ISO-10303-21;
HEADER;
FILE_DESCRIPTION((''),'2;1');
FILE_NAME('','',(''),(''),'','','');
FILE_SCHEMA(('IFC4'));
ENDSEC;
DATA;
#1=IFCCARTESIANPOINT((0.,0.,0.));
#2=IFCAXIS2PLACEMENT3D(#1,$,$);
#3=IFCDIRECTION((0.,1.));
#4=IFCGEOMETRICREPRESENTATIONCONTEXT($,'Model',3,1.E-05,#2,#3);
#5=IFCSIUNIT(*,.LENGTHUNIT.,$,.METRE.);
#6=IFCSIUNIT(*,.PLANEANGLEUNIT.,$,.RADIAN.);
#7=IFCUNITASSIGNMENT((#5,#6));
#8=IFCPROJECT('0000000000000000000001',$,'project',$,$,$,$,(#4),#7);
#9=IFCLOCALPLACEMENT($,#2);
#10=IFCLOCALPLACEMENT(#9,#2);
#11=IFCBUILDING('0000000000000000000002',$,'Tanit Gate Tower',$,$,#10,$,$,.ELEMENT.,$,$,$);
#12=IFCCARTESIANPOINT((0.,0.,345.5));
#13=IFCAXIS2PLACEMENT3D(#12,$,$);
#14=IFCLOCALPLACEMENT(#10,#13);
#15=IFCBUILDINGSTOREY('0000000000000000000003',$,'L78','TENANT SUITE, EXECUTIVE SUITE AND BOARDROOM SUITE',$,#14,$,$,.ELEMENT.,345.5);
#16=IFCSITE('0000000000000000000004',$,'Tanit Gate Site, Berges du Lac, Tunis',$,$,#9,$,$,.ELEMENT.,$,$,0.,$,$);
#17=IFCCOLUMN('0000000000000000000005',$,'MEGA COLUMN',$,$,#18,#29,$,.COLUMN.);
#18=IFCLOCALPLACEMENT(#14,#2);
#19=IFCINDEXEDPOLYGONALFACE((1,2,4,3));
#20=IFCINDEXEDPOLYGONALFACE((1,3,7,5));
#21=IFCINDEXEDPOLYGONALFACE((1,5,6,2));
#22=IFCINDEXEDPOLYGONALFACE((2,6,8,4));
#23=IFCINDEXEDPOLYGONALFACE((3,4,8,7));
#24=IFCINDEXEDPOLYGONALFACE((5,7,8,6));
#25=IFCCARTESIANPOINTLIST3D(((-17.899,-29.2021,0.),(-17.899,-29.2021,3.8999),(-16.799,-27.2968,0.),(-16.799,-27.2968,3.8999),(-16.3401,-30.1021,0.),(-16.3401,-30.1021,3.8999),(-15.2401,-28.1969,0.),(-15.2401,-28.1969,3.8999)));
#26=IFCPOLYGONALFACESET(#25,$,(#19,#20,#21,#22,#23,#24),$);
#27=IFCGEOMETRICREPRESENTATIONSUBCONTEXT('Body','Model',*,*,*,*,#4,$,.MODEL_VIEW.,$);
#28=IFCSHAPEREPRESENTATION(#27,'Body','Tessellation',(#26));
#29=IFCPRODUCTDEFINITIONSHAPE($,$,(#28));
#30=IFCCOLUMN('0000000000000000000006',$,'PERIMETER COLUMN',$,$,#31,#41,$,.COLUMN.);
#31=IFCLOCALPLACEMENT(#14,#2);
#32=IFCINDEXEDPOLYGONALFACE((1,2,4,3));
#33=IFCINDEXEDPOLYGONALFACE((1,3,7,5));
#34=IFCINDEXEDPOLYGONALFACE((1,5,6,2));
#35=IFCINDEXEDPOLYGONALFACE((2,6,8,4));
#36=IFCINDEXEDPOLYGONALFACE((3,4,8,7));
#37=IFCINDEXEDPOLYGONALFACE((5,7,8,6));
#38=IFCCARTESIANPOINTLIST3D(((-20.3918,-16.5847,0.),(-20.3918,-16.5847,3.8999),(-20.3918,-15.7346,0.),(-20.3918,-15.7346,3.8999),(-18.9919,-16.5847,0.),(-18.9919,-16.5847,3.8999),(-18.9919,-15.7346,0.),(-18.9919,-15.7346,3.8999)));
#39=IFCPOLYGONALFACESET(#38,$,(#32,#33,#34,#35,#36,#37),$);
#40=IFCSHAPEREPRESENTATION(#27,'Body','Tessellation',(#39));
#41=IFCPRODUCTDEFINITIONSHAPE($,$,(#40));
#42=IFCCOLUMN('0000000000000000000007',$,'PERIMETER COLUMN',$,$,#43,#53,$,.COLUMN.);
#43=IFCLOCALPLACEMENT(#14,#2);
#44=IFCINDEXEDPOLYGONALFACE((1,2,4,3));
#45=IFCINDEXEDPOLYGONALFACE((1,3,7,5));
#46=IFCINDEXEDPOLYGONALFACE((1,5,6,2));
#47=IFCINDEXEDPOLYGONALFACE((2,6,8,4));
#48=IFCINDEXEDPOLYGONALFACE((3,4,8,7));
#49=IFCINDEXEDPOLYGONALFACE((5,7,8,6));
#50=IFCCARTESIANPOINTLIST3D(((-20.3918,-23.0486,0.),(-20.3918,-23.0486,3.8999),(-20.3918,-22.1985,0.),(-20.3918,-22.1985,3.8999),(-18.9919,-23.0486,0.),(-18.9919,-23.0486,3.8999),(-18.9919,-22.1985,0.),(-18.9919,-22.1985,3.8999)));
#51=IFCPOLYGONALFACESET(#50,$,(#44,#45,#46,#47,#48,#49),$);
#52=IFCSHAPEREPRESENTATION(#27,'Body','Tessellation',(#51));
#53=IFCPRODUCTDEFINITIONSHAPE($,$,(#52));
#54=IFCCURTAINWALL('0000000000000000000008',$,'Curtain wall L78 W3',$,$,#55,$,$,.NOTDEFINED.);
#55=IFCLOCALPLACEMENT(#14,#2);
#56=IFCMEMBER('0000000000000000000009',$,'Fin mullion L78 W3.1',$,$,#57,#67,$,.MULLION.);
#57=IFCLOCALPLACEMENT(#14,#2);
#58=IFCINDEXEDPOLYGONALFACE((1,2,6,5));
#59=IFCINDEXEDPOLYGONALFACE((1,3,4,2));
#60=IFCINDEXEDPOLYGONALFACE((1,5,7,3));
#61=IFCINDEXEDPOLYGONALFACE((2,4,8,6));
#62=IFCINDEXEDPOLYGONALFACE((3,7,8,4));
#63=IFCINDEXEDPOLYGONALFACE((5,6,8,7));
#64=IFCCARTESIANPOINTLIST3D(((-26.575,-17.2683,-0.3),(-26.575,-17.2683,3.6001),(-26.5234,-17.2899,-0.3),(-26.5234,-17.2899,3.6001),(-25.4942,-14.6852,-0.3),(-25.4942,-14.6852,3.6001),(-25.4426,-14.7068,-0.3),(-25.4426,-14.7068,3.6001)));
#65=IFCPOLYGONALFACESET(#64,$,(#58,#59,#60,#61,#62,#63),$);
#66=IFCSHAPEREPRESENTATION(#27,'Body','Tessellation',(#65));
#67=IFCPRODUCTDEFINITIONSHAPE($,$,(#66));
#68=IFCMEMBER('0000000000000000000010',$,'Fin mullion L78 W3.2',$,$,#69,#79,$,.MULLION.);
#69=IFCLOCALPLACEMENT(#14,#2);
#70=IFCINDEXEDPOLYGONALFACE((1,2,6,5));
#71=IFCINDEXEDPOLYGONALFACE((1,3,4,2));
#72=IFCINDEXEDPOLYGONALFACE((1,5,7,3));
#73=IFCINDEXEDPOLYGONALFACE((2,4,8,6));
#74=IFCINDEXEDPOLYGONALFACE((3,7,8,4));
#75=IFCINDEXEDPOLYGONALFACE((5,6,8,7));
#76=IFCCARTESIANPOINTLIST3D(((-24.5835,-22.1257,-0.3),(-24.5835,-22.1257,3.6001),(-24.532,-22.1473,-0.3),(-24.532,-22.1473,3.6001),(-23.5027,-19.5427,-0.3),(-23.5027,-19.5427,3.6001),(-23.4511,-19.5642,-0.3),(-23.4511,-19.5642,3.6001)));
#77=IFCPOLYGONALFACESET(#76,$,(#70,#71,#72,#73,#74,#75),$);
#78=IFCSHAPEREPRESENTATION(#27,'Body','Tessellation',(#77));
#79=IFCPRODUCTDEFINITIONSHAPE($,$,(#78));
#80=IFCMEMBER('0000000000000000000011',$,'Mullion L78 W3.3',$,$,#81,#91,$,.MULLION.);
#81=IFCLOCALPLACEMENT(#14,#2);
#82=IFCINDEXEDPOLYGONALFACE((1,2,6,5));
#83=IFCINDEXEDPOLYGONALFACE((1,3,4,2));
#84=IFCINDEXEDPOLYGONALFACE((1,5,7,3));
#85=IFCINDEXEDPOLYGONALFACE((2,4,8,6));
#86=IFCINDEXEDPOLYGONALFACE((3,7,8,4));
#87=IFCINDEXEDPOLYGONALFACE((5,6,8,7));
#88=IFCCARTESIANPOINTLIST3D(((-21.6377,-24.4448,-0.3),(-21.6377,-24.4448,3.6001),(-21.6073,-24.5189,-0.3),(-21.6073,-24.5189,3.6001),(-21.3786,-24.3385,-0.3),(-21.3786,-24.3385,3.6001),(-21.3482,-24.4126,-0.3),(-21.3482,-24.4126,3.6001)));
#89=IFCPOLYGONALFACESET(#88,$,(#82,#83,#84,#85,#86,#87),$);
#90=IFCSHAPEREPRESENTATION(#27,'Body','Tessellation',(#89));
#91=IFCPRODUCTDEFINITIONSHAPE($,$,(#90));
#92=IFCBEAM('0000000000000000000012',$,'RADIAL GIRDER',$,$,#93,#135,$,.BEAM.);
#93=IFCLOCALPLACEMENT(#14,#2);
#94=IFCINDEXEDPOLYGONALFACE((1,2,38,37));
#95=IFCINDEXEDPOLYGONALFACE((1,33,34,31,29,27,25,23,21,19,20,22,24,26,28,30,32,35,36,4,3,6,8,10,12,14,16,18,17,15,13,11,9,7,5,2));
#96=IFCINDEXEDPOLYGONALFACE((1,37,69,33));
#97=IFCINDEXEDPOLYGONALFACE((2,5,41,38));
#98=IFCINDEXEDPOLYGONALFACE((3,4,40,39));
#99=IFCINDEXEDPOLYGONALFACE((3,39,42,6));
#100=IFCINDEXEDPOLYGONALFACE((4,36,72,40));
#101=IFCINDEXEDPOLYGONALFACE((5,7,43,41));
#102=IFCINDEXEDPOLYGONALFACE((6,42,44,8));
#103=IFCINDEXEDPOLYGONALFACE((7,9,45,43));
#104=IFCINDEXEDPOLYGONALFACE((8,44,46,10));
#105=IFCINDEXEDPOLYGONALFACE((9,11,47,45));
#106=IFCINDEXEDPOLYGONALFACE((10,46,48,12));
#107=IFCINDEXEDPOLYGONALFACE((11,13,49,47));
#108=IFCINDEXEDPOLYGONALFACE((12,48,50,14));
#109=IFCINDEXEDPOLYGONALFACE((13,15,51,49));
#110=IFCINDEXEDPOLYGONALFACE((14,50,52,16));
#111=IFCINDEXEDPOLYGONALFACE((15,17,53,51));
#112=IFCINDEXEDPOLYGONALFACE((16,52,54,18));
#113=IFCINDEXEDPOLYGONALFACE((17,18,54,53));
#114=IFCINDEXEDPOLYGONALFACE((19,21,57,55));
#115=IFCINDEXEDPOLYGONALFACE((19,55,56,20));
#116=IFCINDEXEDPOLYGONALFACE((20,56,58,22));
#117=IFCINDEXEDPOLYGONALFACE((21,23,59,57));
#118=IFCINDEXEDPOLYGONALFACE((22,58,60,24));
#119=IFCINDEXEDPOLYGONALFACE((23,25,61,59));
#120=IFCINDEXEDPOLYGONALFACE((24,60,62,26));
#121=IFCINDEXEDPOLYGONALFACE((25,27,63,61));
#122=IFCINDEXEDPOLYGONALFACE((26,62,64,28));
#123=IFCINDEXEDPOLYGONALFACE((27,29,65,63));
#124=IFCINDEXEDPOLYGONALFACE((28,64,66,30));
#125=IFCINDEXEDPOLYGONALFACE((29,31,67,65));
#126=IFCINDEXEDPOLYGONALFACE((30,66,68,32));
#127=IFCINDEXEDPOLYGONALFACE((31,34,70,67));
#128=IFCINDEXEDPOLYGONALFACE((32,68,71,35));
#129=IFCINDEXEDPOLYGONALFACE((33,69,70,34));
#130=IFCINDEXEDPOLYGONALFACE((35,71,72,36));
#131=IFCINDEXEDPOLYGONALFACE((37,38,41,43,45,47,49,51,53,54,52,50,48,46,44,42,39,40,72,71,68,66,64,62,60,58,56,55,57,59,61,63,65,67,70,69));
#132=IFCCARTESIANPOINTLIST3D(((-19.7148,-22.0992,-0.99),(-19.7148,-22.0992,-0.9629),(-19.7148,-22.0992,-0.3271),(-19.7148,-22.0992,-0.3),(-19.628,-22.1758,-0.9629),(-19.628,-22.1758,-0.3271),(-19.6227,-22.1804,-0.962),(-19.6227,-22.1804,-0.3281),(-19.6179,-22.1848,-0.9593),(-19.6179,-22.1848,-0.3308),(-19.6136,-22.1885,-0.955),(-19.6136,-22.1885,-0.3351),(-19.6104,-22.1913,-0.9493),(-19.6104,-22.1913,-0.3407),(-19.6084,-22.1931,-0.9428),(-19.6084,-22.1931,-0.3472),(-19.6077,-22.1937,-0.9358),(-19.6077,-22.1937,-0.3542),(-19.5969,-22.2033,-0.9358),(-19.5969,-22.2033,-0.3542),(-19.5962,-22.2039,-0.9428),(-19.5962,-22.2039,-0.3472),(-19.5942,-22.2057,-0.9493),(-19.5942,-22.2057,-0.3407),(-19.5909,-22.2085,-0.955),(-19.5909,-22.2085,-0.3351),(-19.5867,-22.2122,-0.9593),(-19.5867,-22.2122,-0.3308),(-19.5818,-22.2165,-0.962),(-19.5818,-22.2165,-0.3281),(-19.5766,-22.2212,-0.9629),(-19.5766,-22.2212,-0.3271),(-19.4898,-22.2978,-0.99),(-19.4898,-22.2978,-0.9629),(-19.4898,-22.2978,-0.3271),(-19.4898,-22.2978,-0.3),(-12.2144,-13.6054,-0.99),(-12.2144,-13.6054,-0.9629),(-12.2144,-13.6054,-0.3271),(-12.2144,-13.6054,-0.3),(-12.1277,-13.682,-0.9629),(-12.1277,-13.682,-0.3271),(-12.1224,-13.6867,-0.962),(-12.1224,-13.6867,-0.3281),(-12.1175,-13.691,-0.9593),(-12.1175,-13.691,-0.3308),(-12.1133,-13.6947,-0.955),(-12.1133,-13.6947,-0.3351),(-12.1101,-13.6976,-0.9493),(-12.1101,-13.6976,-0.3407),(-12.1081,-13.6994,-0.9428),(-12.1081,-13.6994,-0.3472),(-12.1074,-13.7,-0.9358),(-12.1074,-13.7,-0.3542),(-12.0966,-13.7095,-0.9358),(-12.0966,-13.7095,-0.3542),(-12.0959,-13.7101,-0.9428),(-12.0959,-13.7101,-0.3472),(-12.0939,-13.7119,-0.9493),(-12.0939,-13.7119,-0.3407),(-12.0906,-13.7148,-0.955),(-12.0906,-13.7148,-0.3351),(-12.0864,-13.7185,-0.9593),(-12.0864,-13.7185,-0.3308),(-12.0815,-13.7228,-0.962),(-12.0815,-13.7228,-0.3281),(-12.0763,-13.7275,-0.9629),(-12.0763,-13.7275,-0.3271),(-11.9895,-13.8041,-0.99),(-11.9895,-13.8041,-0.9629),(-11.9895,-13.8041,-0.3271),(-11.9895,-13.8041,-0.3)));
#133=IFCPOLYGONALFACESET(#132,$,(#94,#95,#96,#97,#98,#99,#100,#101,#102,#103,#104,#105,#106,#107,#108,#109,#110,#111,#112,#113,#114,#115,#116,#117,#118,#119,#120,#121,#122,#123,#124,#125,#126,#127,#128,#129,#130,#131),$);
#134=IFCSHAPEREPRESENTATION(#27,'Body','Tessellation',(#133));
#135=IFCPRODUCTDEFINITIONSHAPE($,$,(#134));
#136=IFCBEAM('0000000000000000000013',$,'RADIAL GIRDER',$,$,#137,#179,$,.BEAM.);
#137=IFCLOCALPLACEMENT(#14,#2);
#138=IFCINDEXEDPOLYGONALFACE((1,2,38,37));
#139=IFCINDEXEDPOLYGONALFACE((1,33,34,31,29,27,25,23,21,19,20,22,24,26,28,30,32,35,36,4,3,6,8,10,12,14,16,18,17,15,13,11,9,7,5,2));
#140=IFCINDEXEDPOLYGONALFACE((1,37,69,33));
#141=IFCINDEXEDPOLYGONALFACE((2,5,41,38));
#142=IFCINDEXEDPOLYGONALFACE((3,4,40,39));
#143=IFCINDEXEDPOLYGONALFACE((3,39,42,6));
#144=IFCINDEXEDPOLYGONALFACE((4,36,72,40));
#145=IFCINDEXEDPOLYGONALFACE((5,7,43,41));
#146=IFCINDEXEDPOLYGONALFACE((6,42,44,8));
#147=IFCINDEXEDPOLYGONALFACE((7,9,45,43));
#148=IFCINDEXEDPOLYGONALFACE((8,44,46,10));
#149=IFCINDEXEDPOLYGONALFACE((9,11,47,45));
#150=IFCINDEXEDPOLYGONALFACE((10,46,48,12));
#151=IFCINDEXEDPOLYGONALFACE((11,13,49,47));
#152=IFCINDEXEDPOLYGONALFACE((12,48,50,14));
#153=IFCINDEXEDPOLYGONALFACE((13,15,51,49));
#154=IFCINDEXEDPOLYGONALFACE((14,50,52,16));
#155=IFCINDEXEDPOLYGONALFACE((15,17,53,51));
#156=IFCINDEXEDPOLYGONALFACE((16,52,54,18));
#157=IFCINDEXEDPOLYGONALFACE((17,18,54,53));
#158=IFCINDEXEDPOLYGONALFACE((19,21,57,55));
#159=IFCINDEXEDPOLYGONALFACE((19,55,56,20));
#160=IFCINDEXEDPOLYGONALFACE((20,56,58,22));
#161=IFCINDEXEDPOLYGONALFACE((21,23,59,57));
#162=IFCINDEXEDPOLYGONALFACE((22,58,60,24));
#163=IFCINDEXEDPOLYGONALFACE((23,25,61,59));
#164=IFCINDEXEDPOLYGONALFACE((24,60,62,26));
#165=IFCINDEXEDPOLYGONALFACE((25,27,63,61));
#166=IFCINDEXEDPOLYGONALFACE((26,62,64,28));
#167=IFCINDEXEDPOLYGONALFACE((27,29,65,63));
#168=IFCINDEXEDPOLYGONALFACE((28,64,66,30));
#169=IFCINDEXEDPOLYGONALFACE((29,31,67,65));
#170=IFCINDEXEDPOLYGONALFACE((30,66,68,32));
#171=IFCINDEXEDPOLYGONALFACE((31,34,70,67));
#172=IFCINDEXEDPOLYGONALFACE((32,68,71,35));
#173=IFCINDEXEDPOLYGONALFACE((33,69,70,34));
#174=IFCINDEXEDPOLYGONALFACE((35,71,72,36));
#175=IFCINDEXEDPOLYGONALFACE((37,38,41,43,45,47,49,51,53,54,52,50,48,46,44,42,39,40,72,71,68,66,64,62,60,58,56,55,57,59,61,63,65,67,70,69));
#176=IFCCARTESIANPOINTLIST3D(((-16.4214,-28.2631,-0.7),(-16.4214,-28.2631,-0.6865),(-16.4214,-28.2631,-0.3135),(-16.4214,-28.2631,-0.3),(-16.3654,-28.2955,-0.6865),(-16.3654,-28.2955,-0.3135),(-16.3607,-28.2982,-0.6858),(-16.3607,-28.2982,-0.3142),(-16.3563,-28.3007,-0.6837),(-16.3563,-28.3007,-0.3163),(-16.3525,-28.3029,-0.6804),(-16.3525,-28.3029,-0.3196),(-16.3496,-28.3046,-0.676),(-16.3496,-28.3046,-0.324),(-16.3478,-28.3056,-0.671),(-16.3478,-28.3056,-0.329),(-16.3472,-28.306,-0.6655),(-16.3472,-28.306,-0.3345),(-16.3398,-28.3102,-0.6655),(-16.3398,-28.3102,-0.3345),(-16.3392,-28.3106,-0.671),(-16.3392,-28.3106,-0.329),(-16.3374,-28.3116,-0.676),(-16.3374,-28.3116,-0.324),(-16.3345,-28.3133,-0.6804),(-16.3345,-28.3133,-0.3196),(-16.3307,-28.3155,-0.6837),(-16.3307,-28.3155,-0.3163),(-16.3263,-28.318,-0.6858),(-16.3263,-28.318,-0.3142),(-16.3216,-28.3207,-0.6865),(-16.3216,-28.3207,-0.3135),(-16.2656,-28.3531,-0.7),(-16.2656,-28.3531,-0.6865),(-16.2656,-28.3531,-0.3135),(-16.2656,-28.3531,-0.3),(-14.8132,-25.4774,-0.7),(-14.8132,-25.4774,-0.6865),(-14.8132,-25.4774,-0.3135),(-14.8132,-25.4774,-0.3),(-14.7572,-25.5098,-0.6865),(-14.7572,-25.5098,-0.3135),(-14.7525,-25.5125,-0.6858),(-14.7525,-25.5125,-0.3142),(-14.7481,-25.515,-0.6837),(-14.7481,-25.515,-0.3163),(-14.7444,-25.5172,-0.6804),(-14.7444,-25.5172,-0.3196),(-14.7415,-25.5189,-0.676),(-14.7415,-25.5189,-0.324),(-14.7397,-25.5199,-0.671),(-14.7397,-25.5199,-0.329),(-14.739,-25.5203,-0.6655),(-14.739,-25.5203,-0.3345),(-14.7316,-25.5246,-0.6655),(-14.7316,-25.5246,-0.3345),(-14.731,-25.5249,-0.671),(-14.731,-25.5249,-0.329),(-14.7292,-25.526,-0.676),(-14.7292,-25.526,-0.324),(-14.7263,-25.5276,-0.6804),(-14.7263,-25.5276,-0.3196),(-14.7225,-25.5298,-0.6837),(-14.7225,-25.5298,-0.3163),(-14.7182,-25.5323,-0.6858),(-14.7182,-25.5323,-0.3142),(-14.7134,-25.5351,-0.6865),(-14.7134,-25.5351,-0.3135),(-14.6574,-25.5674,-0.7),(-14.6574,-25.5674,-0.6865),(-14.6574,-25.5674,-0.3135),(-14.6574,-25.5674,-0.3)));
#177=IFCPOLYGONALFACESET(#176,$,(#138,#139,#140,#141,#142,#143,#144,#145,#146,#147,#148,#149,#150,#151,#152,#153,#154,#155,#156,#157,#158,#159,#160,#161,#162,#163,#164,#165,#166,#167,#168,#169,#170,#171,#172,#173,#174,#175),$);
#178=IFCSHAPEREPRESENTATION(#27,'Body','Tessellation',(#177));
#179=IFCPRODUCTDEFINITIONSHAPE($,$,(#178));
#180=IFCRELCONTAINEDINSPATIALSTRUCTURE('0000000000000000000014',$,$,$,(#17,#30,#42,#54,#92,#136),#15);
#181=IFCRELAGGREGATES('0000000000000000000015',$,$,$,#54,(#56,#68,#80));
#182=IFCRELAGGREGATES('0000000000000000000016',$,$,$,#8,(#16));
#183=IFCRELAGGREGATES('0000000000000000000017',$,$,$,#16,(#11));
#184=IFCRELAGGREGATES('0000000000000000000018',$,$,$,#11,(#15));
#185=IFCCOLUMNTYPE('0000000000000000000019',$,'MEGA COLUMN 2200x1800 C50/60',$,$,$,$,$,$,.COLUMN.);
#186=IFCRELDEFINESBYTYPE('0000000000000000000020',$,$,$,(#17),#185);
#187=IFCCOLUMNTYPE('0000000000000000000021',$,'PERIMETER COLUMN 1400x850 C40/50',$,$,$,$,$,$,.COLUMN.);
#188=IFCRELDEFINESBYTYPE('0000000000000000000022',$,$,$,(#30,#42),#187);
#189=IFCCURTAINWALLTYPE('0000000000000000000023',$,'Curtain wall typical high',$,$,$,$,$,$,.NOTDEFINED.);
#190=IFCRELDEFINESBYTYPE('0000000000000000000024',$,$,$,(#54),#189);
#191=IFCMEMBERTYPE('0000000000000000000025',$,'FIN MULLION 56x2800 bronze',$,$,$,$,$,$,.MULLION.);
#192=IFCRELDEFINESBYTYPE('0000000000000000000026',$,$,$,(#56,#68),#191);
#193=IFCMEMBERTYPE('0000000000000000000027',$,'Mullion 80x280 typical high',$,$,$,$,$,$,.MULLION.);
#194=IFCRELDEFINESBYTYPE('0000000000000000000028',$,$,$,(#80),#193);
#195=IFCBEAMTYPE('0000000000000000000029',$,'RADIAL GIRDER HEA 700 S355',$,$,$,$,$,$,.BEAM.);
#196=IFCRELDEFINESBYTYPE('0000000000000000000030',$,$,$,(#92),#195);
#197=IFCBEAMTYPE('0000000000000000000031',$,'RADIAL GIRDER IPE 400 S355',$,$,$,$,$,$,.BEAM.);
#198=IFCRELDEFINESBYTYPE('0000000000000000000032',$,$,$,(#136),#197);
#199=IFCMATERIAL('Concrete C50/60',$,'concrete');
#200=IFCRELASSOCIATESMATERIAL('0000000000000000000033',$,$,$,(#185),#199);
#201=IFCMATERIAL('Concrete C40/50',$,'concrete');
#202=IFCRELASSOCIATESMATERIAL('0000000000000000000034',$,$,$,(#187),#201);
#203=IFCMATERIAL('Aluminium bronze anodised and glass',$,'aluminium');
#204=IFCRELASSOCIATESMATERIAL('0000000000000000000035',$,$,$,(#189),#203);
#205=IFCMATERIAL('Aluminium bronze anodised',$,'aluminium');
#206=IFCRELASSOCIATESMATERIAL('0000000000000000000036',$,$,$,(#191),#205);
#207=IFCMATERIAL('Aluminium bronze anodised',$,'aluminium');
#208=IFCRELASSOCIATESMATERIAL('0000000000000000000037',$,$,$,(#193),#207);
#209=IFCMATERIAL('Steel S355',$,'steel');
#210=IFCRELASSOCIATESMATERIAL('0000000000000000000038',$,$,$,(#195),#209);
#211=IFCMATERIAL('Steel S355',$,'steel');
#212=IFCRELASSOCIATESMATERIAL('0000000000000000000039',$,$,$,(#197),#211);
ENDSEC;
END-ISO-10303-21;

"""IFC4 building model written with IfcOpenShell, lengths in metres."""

from ifc_helpers import new_model, si_unit, direction, frame, origin, origin_2d, place, context, subcontext, project, spatial, rectangle, i_section, extrude, material, material_profile, profile_set, type_object, element, aggregate, save


model = new_model("IFC4")

# Units and contexts
model_context = context("Model", 3, precision=1e-05, world=origin(), true_north=direction((0.0, 1.0)))
body_context = subcontext(model_context, "Body", "Model", "MODEL_VIEW")
ifc_project = project(units=[si_unit("LENGTHUNIT", "METRE"), si_unit("PLANEANGLEUNIT", "RADIAN")], contexts=[model_context])

# Site, building, storey
site_placement = place(None, origin())
site = spatial("IfcSite", under=ifc_project, at=site_placement, Name="Tanit Gate Site, Berges du Lac, Tunis", CompositionType="ELEMENT", RefElevation=0.0)
building_placement = place(site_placement, origin())
building = spatial("IfcBuilding", under=site, at=building_placement, Name="Tanit Gate Tower", CompositionType="ELEMENT")
storey_placement = place(building_placement, frame((0.0, 0.0, 345.5)))
storey = spatial("IfcBuildingStorey", under=building, at=storey_placement, Name="L78", Description="TENANT SUITE, EXECUTIVE SUITE AND BOARDROOM SUITE", CompositionType="ELEMENT", Elevation=345.5)

# Columns
ifc_material_1 = material(Name="Concrete C50/60", Category="concrete")
ifc_material_profile_1 = material_profile(ifc_material_1, rectangle(XDim=2.2, YDim=1.8, at=origin_2d()), Name="RC 2200x1800")
ifc_profile_set_1 = profile_set([ifc_material_profile_1], Name="Concrete C50/60")
column_type_1 = type_object("IfcColumnType", Name="MEGA COLUMN 2200x1800 C50/60", PredefinedType="COLUMN", material=ifc_profile_set_1)
column_placement = place(storey_placement, frame((-16.5696, -28.6995, 0.0), z_axis=(0.0, 0.0, 1.0), x_axis=(-0.5, -0.866025, 0.0)))
element("IfcColumn", 1, at=column_placement, inside=storey, type_object=column_type_1, Name="MEGA COLUMN", PredefinedType="COLUMN", context=body_context, shape_type="SweptSolid", body=[
    extrude(rectangle(XDim=2.2, YDim=1.8, at=origin_2d()), origin(), (0.0, 0.0, 1.0), 3.8999),
])
ifc_material_2 = material(Name="Concrete C40/50", Category="concrete")
ifc_material_profile_2 = material_profile(ifc_material_2, rectangle(XDim=1.3999, YDim=0.8501, at=origin_2d()), Name="RC 1400x850")
ifc_profile_set_2 = profile_set([ifc_material_profile_2], Name="Concrete C40/50")
column_type_2 = type_object("IfcColumnType", Name="PERIMETER COLUMN 1400x850 C40/50", PredefinedType="COLUMN", material=ifc_profile_set_2)
for number, where, z_axis, x_axis, name in (
    (2, (-19.6919, -16.1597, 0.0), (0.0, 0.0, 1.0), (-1.0, 0.0, 0.0), "PERIMETER COLUMN"),
    (3, (-19.6919, -22.6235, 0.0), (0.0, 0.0, 1.0), (-1.0, 0.0, 0.0), "PERIMETER COLUMN"),
):
    element("IfcColumn", number, at=place(storey_placement, frame(where, z_axis=z_axis, x_axis=x_axis)), inside=storey, type_object=column_type_2, Name=name, PredefinedType="COLUMN", context=body_context, shape_type="SweptSolid", body=[
        extrude(rectangle(XDim=1.3999, YDim=0.8501, at=origin_2d()), origin(), (0.0, 0.0, 1.0), 3.8999),
    ])

# Curtain wall, members
ifc_material_3 = material(Name="Aluminium bronze anodised and glass", Category="aluminium")
curtain_wall_type = type_object("IfcCurtainWallType", Name="Curtain wall typical high", PredefinedType="NOTDEFINED", material=ifc_material_3)
curtain_wall_placement = place(storey_placement, origin())
curtain_wall = element("IfcCurtainWall", 4, at=curtain_wall_placement, inside=storey, type_object=curtain_wall_type, Name="Curtain wall L78 W3", PredefinedType="NOTDEFINED")
ifc_material_4 = material(Name="Aluminium bronze anodised", Category="aluminium")
ifc_material_profile_3 = material_profile(ifc_material_4, rectangle(XDim=2.8, YDim=0.0559, at=origin_2d()), Name="56x2800 bronze fin mullion")
ifc_profile_set_3 = profile_set([ifc_material_profile_3], Name="Aluminium bronze anodised")
member_type_1 = type_object("IfcMemberType", Name="FIN MULLION 56x2800 bronze", PredefinedType="MULLION", material=ifc_profile_set_3)
member_1_placement = place(storey_placement, frame((-26.0088, -15.9875, -0.3), z_axis=(0.0, 0.0, 1.0), x_axis=(0.386007, 0.922496, 0.0)))
member_1 = element("IfcMember", 5, at=member_1_placement, type_object=member_type_1, Name="Fin mullion L78 W3.1", PredefinedType="MULLION", context=body_context, shape_type="SweptSolid", body=[
    extrude(rectangle(XDim=2.8, YDim=0.0559, at=origin_2d()), origin(), (0.0, 0.0, 1.0), 3.9001),
])
member_2_placement = place(storey_placement, frame((-24.0173, -20.845, -0.3), z_axis=(0.0, 0.0, 1.0), x_axis=(0.386007, 0.922496, 0.0)))
member_2 = element("IfcMember", 6, at=member_2_placement, type_object=member_type_1, Name="Fin mullion L78 W3.2", PredefinedType="MULLION", context=body_context, shape_type="SweptSolid", body=[
    extrude(rectangle(XDim=2.8, YDim=0.0559, at=origin_2d()), origin(), (0.0, 0.0, 1.0), 3.9001),
])
ifc_material_5 = material(Name="Aluminium bronze anodised", Category="aluminium")
ifc_material_profile_4 = material_profile(ifc_material_5, rectangle(XDim=0.28, YDim=0.0801, at=origin_2d()), Name="80x280 bronze mullion")
ifc_profile_set_4 = profile_set([ifc_material_profile_4], Name="Aluminium bronze anodised")
member_type_2 = type_object("IfcMemberType", Name="Mullion 80x280 typical high", PredefinedType="MULLION", material=ifc_profile_set_4)
member_3_placement = place(storey_placement, frame((-21.4929, -24.4287, -0.3), z_axis=(0.0, 0.0, 1.0), x_axis=(0.925251, 0.379355, 0.0)))
member_3 = element("IfcMember", 7, at=member_3_placement, type_object=member_type_2, Name="Mullion L78 W3.3", PredefinedType="MULLION", context=body_context, shape_type="SweptSolid", body=[
    extrude(rectangle(XDim=0.28, YDim=0.0801, at=origin_2d()), origin(), (0.0, 0.0, 1.0), 3.9001),
])

# Beams
ifc_material_6 = material(Name="Steel S355", Category="steel")
ifc_material_profile_5 = material_profile(ifc_material_6, i_section(OverallWidth=0.3, OverallDepth=0.6899, WebThickness=0.0144, FlangeThickness=0.0271, FilletRadius=0.0271, at=origin_2d()), Name="HEA 700")
ifc_profile_set_5 = profile_set([ifc_material_profile_5], Name="Steel S355")
beam_type_1 = type_object("IfcBeamType", Name="RADIAL GIRDER HEA 700 S355", PredefinedType="BEAM", material=ifc_profile_set_5)
beam_1_placement = place(storey_placement, frame((-19.6023, -22.1985, -0.645), z_axis=(0.661912, 0.749582, 0.0), x_axis=(-0.749582, 0.661912, 0.0)))
element("IfcBeam", 8, at=beam_1_placement, inside=storey, type_object=beam_type_1, Name="RADIAL GIRDER", PredefinedType="BEAM", context=body_context, shape_type="SweptSolid", body=[
    extrude(i_section(OverallWidth=0.3, OverallDepth=0.6899, WebThickness=0.0144, FlangeThickness=0.0271, FilletRadius=0.0271, at=origin_2d()), origin(), (0.0, 0.0, 1.0), 11.3313),
])
ifc_material_7 = material(Name="Steel S355", Category="steel")
ifc_material_profile_6 = material_profile(ifc_material_7, i_section(OverallWidth=0.1799, OverallDepth=0.3999, WebThickness=0.0085, FlangeThickness=0.0134, FilletRadius=0.021, at=origin_2d()), Name="IPE 400")
ifc_profile_set_6 = profile_set([ifc_material_profile_6], Name="Steel S355")
beam_type_2 = type_object("IfcBeamType", Name="RADIAL GIRDER IPE 400 S355", PredefinedType="BEAM", material=ifc_profile_set_6)
beam_2_placement = place(storey_placement, frame((-16.3435, -28.3081, -0.5), z_axis=(0.499968, 0.866044, 0.0), x_axis=(-0.866044, 0.499968, 0.0)))
element("IfcBeam", 9, at=beam_2_placement, inside=storey, type_object=beam_type_2, Name="RADIAL GIRDER", PredefinedType="BEAM", context=body_context, shape_type="SweptSolid", body=[
    extrude(i_section(OverallWidth=0.1799, OverallDepth=0.3999, WebThickness=0.0085, FlangeThickness=0.0134, FilletRadius=0.021, at=origin_2d()), origin(), (0.0, 0.0, 1.0), 3.2166),
])

aggregate(curtain_wall, [member_1, member_2, member_3])

save(model, "model.ifc")
